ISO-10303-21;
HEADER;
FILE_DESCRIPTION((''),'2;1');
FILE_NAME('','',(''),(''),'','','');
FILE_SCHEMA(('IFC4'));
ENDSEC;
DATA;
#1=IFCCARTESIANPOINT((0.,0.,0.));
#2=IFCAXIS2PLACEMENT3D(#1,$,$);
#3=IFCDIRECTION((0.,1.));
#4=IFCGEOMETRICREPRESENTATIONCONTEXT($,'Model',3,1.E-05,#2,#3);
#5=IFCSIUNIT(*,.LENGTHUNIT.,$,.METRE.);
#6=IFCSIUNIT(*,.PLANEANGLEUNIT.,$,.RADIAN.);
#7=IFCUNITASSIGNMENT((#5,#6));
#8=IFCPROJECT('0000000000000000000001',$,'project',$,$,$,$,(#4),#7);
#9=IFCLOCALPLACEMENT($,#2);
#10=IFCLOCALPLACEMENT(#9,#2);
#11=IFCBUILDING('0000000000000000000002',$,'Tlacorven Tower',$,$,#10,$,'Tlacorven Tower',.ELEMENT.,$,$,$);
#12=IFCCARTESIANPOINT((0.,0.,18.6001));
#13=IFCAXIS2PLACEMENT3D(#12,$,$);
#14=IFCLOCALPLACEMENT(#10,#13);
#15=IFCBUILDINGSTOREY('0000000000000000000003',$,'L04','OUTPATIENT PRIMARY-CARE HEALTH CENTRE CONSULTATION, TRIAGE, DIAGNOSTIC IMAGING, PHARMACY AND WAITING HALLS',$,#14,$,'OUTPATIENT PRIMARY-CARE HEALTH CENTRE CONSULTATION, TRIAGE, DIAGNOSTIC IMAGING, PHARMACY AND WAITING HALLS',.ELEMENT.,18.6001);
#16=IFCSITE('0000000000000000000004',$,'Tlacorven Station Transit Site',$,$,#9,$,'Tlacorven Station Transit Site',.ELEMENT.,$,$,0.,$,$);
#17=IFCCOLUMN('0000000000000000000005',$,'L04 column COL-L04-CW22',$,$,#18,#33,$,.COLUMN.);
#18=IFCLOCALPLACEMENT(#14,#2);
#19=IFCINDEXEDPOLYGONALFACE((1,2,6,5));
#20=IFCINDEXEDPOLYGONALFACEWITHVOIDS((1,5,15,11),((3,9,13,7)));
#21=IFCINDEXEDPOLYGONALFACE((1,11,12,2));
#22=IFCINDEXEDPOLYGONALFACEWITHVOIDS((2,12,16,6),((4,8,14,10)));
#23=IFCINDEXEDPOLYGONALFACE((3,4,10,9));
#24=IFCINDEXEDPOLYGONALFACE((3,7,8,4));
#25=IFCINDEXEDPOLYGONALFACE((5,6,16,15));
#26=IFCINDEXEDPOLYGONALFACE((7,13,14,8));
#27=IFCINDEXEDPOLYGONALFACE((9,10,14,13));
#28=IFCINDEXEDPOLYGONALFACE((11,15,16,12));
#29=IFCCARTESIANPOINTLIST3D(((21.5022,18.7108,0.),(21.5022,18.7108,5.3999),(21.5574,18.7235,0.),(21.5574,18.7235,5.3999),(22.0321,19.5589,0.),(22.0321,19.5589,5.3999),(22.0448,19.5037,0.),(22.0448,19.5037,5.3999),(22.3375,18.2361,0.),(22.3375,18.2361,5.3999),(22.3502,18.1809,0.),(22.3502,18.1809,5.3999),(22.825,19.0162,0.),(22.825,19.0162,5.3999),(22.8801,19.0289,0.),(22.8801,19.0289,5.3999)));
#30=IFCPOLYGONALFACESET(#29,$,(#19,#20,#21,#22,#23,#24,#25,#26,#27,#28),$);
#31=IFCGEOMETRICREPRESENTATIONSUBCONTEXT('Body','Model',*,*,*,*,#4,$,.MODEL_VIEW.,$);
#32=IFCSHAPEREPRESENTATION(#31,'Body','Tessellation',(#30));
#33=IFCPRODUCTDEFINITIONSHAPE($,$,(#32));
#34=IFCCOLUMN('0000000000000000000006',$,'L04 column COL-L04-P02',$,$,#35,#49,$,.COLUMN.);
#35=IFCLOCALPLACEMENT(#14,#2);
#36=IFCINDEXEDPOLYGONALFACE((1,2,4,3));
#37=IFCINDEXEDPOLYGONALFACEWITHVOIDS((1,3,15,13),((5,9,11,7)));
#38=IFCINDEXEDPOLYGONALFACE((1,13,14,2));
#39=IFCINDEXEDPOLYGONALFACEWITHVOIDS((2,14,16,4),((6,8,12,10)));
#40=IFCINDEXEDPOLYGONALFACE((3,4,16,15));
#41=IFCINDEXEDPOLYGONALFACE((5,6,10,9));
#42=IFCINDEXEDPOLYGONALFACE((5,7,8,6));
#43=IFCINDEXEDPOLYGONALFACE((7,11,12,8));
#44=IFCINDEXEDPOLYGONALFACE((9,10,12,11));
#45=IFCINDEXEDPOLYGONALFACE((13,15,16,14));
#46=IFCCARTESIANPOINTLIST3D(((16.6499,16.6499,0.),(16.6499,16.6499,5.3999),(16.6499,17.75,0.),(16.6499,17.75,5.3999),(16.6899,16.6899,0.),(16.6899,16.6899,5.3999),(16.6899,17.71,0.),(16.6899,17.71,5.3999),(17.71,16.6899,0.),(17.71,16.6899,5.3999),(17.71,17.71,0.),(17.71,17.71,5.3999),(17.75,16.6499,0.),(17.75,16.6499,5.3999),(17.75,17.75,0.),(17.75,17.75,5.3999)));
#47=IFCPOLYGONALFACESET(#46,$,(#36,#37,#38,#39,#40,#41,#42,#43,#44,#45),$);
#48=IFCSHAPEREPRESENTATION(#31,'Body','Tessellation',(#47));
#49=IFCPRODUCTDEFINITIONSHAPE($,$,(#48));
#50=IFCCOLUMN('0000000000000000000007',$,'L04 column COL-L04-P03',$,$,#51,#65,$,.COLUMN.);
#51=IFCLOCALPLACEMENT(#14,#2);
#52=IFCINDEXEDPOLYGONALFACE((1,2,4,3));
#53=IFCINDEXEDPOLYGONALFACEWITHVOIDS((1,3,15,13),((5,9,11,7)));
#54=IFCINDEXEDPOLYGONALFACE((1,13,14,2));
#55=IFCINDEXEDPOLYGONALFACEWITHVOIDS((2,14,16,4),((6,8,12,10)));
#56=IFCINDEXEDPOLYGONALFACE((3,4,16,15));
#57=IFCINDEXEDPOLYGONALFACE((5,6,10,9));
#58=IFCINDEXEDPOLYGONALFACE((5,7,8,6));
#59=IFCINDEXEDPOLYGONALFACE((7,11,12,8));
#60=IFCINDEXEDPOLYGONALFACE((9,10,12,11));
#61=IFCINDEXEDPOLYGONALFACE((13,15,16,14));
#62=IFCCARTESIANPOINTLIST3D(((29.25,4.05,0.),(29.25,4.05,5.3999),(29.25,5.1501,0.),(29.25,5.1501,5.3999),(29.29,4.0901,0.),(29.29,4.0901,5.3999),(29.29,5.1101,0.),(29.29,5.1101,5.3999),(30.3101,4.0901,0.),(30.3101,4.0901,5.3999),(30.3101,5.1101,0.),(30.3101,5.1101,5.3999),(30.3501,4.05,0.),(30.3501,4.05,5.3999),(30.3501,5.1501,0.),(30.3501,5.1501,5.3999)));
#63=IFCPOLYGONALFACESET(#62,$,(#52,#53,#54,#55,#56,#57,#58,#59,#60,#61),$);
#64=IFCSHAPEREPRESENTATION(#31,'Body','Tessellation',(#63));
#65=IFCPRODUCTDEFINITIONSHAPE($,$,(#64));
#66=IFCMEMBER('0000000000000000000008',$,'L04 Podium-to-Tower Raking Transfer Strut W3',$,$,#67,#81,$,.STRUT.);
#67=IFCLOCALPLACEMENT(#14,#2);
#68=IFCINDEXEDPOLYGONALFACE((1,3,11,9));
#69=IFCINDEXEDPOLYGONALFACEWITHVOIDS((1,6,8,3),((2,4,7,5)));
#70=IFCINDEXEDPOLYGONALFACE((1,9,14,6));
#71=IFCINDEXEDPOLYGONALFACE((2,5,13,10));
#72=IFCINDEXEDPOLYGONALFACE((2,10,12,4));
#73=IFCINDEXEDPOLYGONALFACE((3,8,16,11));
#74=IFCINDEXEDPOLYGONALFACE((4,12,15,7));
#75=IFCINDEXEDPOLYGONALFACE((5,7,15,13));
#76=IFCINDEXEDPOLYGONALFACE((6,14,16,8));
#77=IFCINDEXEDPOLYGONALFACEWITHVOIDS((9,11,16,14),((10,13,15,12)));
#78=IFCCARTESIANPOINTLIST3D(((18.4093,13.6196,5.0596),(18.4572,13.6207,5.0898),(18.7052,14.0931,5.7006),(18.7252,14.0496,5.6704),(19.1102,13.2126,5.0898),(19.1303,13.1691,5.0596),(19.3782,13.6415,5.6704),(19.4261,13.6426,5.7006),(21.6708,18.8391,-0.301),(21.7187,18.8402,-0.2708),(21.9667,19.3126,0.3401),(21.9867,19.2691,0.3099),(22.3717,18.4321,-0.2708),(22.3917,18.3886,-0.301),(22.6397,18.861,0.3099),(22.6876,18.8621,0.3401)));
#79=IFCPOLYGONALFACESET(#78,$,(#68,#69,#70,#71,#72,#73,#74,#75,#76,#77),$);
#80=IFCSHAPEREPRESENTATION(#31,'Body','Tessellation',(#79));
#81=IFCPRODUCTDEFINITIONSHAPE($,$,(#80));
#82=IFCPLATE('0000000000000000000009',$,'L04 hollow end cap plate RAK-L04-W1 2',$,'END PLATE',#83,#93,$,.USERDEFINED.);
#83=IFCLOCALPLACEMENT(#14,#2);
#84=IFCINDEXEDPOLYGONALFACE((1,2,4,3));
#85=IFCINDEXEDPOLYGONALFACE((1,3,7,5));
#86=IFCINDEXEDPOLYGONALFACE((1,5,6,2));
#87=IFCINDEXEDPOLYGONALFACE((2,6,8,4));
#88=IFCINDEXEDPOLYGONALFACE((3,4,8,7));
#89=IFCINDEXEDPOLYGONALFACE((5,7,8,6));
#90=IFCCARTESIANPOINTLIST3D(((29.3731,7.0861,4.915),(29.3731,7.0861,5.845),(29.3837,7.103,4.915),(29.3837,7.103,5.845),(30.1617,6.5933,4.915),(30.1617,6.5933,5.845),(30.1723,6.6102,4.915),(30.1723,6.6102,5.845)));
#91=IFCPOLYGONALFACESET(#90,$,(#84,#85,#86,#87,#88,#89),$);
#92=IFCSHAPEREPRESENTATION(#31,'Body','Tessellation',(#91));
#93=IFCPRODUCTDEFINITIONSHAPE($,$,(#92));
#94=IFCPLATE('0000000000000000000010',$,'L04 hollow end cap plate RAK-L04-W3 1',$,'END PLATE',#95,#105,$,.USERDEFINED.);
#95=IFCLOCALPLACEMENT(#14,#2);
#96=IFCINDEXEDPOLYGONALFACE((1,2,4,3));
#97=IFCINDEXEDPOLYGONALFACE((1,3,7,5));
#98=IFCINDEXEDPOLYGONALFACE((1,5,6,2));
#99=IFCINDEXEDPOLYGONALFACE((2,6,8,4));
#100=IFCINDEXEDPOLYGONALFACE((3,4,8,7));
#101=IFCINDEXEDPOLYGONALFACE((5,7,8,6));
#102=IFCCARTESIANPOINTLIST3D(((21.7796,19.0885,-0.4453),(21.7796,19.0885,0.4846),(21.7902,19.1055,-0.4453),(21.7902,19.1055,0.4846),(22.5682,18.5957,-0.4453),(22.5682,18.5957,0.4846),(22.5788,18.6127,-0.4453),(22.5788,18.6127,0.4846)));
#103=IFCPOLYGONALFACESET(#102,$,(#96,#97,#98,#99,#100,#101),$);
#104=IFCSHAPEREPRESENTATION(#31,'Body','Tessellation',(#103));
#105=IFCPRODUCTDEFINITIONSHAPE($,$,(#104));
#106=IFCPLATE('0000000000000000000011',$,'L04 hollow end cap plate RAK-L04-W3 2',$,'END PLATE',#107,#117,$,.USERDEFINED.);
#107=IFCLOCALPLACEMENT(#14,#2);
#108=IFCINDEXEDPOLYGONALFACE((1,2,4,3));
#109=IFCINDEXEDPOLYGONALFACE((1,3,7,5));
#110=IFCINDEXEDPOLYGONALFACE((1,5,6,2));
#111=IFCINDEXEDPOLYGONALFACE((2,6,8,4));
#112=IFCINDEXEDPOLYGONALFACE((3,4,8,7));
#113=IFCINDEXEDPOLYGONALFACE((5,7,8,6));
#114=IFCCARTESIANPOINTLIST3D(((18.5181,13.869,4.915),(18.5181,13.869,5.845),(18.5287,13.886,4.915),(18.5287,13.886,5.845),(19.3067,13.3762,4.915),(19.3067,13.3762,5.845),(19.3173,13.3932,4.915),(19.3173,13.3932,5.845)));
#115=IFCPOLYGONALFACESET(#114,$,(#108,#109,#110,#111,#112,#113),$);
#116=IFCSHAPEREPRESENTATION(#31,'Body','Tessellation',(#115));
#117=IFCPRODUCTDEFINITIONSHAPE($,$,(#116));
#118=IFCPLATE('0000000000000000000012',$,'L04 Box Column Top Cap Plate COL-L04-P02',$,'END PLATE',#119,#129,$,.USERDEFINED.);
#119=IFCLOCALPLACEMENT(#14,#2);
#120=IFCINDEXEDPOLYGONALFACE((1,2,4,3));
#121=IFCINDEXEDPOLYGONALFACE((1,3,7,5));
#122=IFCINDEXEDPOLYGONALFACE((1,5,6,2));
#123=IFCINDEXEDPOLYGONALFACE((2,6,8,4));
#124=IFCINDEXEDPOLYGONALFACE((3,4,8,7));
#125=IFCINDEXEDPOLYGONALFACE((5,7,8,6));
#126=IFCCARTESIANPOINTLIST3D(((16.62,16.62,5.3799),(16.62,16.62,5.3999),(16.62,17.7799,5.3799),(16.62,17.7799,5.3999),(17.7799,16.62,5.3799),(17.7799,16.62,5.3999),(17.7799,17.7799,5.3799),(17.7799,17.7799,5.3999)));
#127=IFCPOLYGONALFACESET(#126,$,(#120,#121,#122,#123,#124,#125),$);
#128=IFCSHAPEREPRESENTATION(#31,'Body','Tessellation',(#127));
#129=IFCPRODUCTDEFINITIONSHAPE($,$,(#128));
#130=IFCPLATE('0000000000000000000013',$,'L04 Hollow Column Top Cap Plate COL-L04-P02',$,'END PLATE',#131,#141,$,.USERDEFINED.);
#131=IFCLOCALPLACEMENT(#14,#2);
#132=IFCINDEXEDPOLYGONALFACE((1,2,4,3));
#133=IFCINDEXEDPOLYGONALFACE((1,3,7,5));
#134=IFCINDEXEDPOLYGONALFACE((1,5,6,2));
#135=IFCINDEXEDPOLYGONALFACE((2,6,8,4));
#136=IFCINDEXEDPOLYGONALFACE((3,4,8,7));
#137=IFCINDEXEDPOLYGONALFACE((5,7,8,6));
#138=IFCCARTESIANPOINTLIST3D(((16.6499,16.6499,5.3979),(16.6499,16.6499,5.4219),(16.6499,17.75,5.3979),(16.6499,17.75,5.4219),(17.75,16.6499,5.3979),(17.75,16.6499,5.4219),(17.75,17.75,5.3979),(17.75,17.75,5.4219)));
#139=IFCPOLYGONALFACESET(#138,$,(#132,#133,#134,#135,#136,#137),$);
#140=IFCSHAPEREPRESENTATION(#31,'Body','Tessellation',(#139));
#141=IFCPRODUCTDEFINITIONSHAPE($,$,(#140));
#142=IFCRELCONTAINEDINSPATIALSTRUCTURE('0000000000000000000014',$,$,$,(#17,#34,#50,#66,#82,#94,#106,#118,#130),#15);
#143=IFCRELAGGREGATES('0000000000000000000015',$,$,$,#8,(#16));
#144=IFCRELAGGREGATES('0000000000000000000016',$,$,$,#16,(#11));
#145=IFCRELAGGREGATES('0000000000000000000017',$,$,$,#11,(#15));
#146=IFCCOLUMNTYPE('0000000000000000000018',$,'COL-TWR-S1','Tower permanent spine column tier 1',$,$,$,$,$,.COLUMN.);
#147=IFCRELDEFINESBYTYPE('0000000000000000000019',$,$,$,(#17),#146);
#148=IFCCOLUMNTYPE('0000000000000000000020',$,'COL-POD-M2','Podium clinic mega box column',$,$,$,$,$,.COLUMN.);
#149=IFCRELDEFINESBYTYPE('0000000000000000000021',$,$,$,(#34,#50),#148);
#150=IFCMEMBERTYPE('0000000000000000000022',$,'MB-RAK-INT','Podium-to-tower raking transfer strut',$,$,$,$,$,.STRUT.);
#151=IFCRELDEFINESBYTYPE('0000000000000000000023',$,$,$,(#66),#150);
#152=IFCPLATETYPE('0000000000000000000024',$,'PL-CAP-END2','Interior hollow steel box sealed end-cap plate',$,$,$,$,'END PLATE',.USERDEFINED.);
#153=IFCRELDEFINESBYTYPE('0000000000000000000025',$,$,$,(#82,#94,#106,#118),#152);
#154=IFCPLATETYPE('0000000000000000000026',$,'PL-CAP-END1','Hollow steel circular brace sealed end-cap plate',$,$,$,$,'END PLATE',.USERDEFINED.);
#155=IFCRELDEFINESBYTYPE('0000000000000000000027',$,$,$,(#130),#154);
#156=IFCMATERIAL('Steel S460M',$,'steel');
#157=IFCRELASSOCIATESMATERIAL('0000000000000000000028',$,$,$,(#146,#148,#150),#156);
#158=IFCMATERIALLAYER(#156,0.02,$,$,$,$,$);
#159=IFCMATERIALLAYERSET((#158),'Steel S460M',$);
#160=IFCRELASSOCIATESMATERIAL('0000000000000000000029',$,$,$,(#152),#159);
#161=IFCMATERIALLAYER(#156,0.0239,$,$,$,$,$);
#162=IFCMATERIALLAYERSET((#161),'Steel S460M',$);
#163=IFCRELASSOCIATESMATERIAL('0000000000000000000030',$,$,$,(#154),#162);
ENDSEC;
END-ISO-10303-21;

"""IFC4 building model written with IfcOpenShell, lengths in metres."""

from ifc_helpers import new_model, si_unit, direction, frame, origin, origin_2d, place, context, subcontext, project, spatial, rectangle, hollow_rectangle, extrude, source, transform, mapped, material, layer, layer_set, material_profile, profile_set, type_object, element, save


model = new_model("IFC4")

# Units and contexts
model_context = context("Model", 3, precision=1e-05, world=origin(), true_north=direction((0.0, 1.0)))
body_context = subcontext(model_context, "Body", "Model", "MODEL_VIEW")
ifc_project = project(units=[si_unit("LENGTHUNIT", "METRE"), si_unit("PLANEANGLEUNIT", "RADIAN")], contexts=[model_context])

# Site, building, storey
site_placement = place(None, origin())
site = spatial("IfcSite", under=ifc_project, at=site_placement, Name="Tlacorven Station Transit Site", LongName="Tlacorven Station Transit Site", CompositionType="ELEMENT", RefElevation=0.0)
building_placement = place(site_placement, origin())
building = spatial("IfcBuilding", under=site, at=building_placement, Name="Tlacorven Tower", LongName="Tlacorven Tower", CompositionType="ELEMENT")
storey_placement = place(building_placement, frame((0.0, 0.0, 18.6001)))
storey = spatial("IfcBuildingStorey", under=building, at=storey_placement, Name="L04", Description="OUTPATIENT PRIMARY-CARE HEALTH CENTRE CONSULTATION, TRIAGE, DIAGNOSTIC IMAGING, PHARMACY AND WAITING HALLS", LongName="OUTPATIENT PRIMARY-CARE HEALTH CENTRE CONSULTATION, TRIAGE, DIAGNOSTIC IMAGING, PHARMACY AND WAITING HALLS", CompositionType="ELEMENT", Elevation=18.6001)

# Columns
ifc_material_1 = material(Name="Steel S460M", Category="steel")
ifc_material_profile_1 = material_profile(ifc_material_1, hollow_rectangle(XDim=1.0, YDim=1.0, WallThickness=0.04, at=origin_2d()), Name="BOX 1000X1000X40")
ifc_profile_set_1 = profile_set([ifc_material_profile_1], Name="Steel S460M")
column_type_1 = type_object("IfcColumnType", Name="COL-TWR-S1", Description="Tower permanent spine column tier 1", PredefinedType="COLUMN", material=ifc_profile_set_1)
shared_shape_1 = source(origin(), body_context, "Body", "SweptSolid", [
    extrude(hollow_rectangle(XDim=1.0, YDim=1.0, WallThickness=0.04, at=origin_2d()), origin(), (0.0, 0.0, 1.0), 5.3999),
])
column_placement = place(storey_placement, frame((22.1912, 18.8699, 0.0), z_axis=(0.0, 0.0, 1.0), x_axis=(-0.848048, 0.529919, 0.0)))
element("IfcColumn", 1, at=column_placement, inside=storey, type_object=column_type_1, Name="L04 column COL-L04-CW22", PredefinedType="COLUMN", context=body_context, shape_type="MappedRepresentation", body=[
    mapped(shared_shape_1, transform((0.0, 0.0, 0.0), scale=1.0)),
])
ifc_material_profile_2 = material_profile(ifc_material_1, hollow_rectangle(XDim=1.1001, YDim=1.1001, WallThickness=0.04, at=origin_2d()), Name="BOX 1100X1100X40")
ifc_profile_set_2 = profile_set([ifc_material_profile_2], Name="Steel S460M")
column_type_2 = type_object("IfcColumnType", Name="COL-POD-M2", Description="Podium clinic mega box column", PredefinedType="COLUMN", material=ifc_profile_set_2)
shared_shape_2 = source(origin(), body_context, "Body", "SweptSolid", [
    extrude(hollow_rectangle(XDim=1.1001, YDim=1.1001, WallThickness=0.04, at=origin_2d()), origin(), (0.0, 0.0, 1.0), 5.3999),
])
for number, where, z_axis, x_axis, name in (
    (2, (17.2, 17.2, 0.0), (0.0, 0.0, 1.0), (1.0, 0.0, 0.0), "L04 column COL-L04-P02"),
    (3, (29.8, 4.6001, 0.0), (0.0, 0.0, 1.0), (1.0, 0.0, 0.0), "L04 column COL-L04-P03"),
):
    element("IfcColumn", number, at=place(storey_placement, frame(where, z_axis=z_axis, x_axis=x_axis)), inside=storey, type_object=column_type_2, Name=name, PredefinedType="COLUMN", context=body_context, shape_type="MappedRepresentation", body=[
        mapped(shared_shape_2, transform((0.0, 0.0, 0.0), scale=1.0)),
    ])

# Member
ifc_material_profile_3 = material_profile(ifc_material_1, hollow_rectangle(XDim=0.8501, YDim=0.8501, WallThickness=0.04, at=origin_2d()), Name="BOX 850X850X40")
ifc_profile_set_3 = profile_set([ifc_material_profile_3], Name="Steel S460M")
member_type = type_object("IfcMemberType", Name="MB-RAK-INT", Description="Podium-to-tower raking transfer strut", PredefinedType="STRUT", material=ifc_profile_set_3)
shared_shape_3 = source(origin(), body_context, "Body", "SweptSolid", [
    extrude(hollow_rectangle(XDim=0.8501, YDim=0.8501, WallThickness=0.04, at=origin_2d()), origin(), (0.0, 0.0, 1.0), 8.1619),
])
member_placement = place(storey_placement, frame((22.1792, 18.8506, 0.0195), z_axis=(-0.399599, -0.639496, 0.656785), x_axis=(0.84805, -0.529917, 0.0)))
element("IfcMember", 4, at=member_placement, inside=storey, type_object=member_type, Name="L04 Podium-to-Tower Raking Transfer Strut W3", PredefinedType="STRUT", context=body_context, shape_type="MappedRepresentation", body=[
    mapped(shared_shape_3, transform((0.0, 0.0, 0.0), scale=1.0)),
])

# Plates
ifc_layer_1 = layer(ifc_material_1, 0.02)
ifc_layer_set_1 = layer_set([ifc_layer_1], Name="Steel S460M")
plate_type_1 = type_object("IfcPlateType", Name="PL-CAP-END2", Description="Interior hollow steel box sealed end-cap plate", ElementType="END PLATE", PredefinedType="USERDEFINED", material=ifc_layer_set_1)
shared_shape_4 = source(origin(), body_context, "Body", "SweptSolid", [
    extrude(rectangle(XDim=0.02, YDim=0.9299, at=origin_2d()), origin(), (0.0, 0.0, 1.0), 0.9299),
])
for number, where, z_axis, x_axis, name in (
    (5, (29.7727, 6.8481, 4.915), (0.0, 0.0, 1.0), (-0.529919, -0.848048, 0.0), "L04 hollow end cap plate RAK-L04-W1 2"),
    (6, (22.1792, 18.8506, -0.4453), (0.0, 0.0, 1.0), (-0.529919, -0.848048, 0.0), "L04 hollow end cap plate RAK-L04-W3 1"),
    (7, (18.9177, 13.6311, 4.915), (0.0, 0.0, 1.0), (-0.529919, -0.848048, 0.0), "L04 hollow end cap plate RAK-L04-W3 2"),
):
    element("IfcPlate", number, at=place(storey_placement, frame(where, z_axis=z_axis, x_axis=x_axis)), inside=storey, type_object=plate_type_1, Name=name, ObjectType="END PLATE", PredefinedType="USERDEFINED", context=body_context, shape_type="MappedRepresentation", body=[
        mapped(shared_shape_4, transform((0.0, 0.0, 0.0), scale=1.0)),
    ])
shared_shape_5 = source(origin(), body_context, "Body", "SweptSolid", [
    extrude(rectangle(XDim=1.1599, YDim=1.1599, at=origin_2d()), origin(), (0.0, 0.0, 1.0), 0.02),
])
plate_1_placement = place(storey_placement, frame((17.2, 17.2, 5.3799), z_axis=(0.0, 0.0, 1.0), x_axis=(1.0, 0.0, 0.0)))
element("IfcPlate", 8, at=plate_1_placement, inside=storey, type_object=plate_type_1, Name="L04 Box Column Top Cap Plate COL-L04-P02", ObjectType="END PLATE", PredefinedType="USERDEFINED", context=body_context, shape_type="MappedRepresentation", body=[
    mapped(shared_shape_5, transform((0.0, 0.0, 0.0), scale=1.0)),
])
ifc_layer_2 = layer(ifc_material_1, 0.0239)
ifc_layer_set_2 = layer_set([ifc_layer_2], Name="Steel S460M")
plate_type_2 = type_object("IfcPlateType", Name="PL-CAP-END1", Description="Hollow steel circular brace sealed end-cap plate", ElementType="END PLATE", PredefinedType="USERDEFINED", material=ifc_layer_set_2)
shared_shape_6 = source(origin(), body_context, "Body", "SweptSolid", [
    extrude(rectangle(XDim=1.1001, YDim=1.1001, at=origin_2d()), origin(), (0.0, 0.0, 1.0), 0.0239),
])
plate_2_placement = place(storey_placement, frame((17.2, 17.2, 5.3979), z_axis=(0.0, 0.0, 1.0), x_axis=(1.0, 0.0, 0.0)))
element("IfcPlate", 9, at=plate_2_placement, inside=storey, type_object=plate_type_2, Name="L04 Hollow Column Top Cap Plate COL-L04-P02", ObjectType="END PLATE", PredefinedType="USERDEFINED", context=body_context, shape_type="MappedRepresentation", body=[
    mapped(shared_shape_6, transform((0.0, 0.0, 0.0), scale=1.0)),
])

save(model, "model.ifc")
